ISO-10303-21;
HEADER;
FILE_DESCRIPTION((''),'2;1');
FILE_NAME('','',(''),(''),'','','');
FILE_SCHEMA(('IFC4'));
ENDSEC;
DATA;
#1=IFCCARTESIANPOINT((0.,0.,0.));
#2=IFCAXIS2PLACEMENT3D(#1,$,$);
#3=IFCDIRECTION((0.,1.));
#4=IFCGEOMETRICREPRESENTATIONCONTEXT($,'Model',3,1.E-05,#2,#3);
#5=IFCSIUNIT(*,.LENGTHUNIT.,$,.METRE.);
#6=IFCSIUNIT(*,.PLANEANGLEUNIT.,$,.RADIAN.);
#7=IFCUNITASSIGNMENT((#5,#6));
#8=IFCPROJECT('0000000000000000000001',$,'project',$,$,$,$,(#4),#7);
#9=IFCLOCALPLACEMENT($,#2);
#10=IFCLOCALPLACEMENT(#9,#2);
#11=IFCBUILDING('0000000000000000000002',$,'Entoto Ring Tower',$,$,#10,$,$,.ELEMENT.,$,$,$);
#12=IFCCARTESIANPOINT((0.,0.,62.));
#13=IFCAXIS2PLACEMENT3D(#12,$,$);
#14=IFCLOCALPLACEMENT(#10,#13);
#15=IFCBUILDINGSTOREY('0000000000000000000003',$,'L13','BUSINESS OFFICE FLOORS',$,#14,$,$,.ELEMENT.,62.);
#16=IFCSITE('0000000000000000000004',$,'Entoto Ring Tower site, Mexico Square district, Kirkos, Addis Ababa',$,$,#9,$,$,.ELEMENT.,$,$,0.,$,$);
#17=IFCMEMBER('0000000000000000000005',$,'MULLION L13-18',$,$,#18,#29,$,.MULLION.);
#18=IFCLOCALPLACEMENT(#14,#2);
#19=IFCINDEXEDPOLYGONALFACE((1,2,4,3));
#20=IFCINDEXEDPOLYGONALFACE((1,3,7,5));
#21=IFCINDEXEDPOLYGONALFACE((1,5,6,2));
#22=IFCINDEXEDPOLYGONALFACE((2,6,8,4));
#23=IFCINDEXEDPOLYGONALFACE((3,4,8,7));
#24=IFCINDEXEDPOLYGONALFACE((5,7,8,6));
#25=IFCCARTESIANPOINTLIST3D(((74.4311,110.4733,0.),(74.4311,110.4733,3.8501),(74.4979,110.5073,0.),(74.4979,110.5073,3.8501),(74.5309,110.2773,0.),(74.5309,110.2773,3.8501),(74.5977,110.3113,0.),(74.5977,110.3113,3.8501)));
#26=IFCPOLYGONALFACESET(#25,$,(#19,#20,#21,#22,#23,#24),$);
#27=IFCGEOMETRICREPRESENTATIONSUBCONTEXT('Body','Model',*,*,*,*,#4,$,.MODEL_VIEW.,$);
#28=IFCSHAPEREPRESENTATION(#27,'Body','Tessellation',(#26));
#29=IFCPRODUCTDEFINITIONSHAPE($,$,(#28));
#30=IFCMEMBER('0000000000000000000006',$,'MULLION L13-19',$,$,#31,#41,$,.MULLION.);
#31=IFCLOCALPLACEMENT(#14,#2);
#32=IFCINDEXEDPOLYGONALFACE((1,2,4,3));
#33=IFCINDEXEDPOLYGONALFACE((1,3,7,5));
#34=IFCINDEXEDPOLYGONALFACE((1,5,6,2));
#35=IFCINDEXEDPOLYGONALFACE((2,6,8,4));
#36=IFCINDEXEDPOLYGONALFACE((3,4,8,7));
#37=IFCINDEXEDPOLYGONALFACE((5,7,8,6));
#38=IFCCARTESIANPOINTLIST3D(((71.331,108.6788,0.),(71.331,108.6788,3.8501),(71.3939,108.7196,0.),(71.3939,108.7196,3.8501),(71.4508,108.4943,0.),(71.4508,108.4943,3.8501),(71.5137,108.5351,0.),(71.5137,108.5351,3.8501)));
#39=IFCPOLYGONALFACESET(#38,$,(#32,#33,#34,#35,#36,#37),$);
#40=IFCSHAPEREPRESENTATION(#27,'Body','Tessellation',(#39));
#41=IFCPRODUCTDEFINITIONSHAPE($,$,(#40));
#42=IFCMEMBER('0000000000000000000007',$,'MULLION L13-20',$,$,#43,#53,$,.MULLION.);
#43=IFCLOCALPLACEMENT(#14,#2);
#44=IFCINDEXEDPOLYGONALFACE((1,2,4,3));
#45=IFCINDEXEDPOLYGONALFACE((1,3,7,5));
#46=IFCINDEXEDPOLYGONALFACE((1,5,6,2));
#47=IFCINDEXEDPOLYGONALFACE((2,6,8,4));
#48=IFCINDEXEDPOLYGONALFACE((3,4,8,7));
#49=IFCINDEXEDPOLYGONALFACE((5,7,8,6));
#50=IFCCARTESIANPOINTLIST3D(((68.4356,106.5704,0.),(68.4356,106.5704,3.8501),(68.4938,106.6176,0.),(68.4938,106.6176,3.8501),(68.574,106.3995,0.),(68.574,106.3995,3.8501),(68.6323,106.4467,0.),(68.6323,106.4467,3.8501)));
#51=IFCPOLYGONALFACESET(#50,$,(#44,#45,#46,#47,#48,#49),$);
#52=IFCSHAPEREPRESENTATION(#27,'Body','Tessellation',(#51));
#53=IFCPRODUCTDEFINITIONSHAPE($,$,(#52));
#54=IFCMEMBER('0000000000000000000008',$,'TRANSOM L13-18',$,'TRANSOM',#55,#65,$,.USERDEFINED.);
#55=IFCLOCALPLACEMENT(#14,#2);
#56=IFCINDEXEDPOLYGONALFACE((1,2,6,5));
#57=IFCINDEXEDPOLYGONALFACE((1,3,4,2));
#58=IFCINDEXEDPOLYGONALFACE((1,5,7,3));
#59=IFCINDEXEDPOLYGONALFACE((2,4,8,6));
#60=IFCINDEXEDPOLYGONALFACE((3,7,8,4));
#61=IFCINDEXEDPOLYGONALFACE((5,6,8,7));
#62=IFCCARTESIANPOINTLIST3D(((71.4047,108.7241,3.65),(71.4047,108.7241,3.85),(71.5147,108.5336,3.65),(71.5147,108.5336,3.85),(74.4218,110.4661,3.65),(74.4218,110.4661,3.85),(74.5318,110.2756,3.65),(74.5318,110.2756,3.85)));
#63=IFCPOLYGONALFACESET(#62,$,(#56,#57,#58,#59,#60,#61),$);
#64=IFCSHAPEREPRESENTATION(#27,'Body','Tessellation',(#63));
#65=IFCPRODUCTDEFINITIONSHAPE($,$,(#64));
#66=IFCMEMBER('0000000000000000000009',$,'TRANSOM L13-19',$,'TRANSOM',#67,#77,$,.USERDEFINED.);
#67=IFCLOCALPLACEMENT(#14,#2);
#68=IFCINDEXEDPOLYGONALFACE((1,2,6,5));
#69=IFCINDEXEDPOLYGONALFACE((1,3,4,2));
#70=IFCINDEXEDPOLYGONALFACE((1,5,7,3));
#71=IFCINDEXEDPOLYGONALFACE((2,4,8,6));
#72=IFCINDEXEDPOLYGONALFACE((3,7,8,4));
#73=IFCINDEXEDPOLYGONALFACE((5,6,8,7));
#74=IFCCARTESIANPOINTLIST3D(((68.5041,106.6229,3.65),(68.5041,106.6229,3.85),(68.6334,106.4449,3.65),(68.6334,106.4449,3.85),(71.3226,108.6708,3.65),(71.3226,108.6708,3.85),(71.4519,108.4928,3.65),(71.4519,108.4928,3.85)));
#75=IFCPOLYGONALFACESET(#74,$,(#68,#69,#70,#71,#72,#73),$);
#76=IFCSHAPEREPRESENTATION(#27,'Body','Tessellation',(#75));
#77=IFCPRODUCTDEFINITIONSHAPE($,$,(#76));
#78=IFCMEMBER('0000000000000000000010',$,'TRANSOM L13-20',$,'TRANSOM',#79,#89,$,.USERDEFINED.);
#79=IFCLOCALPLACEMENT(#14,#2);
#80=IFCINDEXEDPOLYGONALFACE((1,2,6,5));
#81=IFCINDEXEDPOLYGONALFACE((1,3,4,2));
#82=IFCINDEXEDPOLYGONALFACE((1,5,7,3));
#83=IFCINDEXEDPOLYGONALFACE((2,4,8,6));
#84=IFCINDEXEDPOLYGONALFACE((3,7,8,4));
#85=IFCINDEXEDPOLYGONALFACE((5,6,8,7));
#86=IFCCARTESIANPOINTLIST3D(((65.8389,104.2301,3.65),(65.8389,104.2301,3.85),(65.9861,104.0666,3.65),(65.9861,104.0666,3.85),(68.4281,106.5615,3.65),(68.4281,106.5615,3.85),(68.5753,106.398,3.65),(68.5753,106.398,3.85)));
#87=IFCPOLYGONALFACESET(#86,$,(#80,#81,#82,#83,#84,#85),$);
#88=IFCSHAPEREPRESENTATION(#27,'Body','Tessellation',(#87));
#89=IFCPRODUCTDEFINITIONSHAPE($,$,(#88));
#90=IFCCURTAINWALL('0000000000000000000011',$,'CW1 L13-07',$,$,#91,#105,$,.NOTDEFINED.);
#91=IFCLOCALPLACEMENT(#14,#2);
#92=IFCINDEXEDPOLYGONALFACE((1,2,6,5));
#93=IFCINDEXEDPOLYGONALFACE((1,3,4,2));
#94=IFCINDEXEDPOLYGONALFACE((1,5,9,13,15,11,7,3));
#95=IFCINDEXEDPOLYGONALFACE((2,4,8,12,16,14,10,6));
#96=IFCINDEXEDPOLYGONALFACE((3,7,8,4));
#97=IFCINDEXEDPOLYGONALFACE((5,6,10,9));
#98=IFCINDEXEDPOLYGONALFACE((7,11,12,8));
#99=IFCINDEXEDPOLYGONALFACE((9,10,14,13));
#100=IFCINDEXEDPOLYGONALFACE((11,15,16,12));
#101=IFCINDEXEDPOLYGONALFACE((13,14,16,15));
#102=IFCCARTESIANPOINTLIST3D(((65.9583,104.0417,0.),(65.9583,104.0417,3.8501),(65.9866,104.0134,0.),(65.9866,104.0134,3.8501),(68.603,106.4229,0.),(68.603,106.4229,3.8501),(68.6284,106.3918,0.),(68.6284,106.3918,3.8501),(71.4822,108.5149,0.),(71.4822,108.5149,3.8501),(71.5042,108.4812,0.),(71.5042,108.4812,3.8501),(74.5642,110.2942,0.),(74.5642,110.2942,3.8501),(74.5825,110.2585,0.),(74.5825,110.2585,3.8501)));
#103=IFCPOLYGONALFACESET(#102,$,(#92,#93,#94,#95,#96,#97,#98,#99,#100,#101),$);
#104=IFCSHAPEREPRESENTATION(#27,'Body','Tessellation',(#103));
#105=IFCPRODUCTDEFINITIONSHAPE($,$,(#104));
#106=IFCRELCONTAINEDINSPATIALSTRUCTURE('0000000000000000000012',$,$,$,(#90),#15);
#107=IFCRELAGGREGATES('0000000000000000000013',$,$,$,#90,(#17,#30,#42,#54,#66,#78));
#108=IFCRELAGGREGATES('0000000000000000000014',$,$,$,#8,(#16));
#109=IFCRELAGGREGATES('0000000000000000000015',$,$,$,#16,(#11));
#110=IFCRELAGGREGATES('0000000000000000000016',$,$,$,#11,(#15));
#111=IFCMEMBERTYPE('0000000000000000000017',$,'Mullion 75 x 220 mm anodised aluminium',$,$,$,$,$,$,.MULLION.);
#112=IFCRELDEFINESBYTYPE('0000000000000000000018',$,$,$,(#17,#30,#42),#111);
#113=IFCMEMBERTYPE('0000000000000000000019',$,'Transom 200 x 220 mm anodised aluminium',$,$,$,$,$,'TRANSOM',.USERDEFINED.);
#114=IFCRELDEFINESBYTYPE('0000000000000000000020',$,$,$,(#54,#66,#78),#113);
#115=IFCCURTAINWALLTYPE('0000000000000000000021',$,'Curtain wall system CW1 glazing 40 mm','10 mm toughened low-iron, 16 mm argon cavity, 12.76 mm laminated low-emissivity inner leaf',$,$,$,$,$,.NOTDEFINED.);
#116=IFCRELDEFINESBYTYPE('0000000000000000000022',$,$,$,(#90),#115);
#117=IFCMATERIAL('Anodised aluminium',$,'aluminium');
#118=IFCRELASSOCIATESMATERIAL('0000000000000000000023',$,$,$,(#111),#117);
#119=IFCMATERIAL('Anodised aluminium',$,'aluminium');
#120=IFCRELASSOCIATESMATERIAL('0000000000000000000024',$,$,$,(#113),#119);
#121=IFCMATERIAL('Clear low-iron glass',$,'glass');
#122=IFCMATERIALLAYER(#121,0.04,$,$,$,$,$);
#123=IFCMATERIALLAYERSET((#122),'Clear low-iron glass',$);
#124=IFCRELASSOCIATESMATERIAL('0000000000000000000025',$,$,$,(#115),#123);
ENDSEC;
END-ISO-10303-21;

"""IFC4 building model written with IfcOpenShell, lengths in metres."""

from ifc_helpers import new_model, si_unit, direction, frame, origin, origin_2d, place, context, subcontext, project, spatial, polyline, rectangle, outline, extrude, material, layer, layer_set, material_profile, profile_set, type_object, element, aggregate, save


model = new_model("IFC4")

# Units and contexts
model_context = context("Model", 3, precision=1e-05, world=origin(), true_north=direction((0.0, 1.0)))
body_context = subcontext(model_context, "Body", "Model", "MODEL_VIEW")
ifc_project = project(units=[si_unit("LENGTHUNIT", "METRE"), si_unit("PLANEANGLEUNIT", "RADIAN")], contexts=[model_context])

# Members
ifc_material_1 = material(Name="Anodised aluminium", Category="aluminium")
ifc_material_profile_1 = material_profile(ifc_material_1, rectangle(XDim=0.075, YDim=0.22, at=origin_2d()), Name="Mullion 75 x 220 mm anodised aluminium")
ifc_profile_set_1 = profile_set([ifc_material_profile_1], Name="Anodised aluminium")
member_type_1 = type_object("IfcMemberType", Name="Mullion 75 x 220 mm anodised aluminium", PredefinedType="MULLION", material=ifc_profile_set_1)
site_placement = place(None, origin())
building_placement = place(site_placement, origin())
storey_placement = place(building_placement, frame((0.0, 0.0, 62.0)))
member_1_placement = place(storey_placement, frame((74.5144, 110.3923, 0.0), z_axis=(0.0, 0.0, 1.0), x_axis=(-0.891007, -0.45399, 0.0)))
member_1 = element("IfcMember", 1, at=member_1_placement, type_object=member_type_1, Name="MULLION L13-18", PredefinedType="MULLION", context=body_context, shape_type="SweptSolid", body=[
    extrude(rectangle(XDim=0.075, YDim=0.22, at=origin_2d()), origin(), (0.0, 0.0, 1.0), 3.8501),
])
member_2_placement = place(storey_placement, frame((71.4224, 108.6069, 0.0), z_axis=(0.0, 0.0, 1.0), x_axis=(-0.838671, -0.544639, 0.0)))
member_2 = element("IfcMember", 2, at=member_2_placement, type_object=member_type_1, Name="MULLION L13-19", PredefinedType="MULLION", context=body_context, shape_type="SweptSolid", body=[
    extrude(rectangle(XDim=0.075, YDim=0.22, at=origin_2d()), origin(), (0.0, 0.0, 1.0), 3.8501),
])
member_3_placement = place(storey_placement, frame((68.5339, 106.5085, 0.0), z_axis=(0.0, 0.0, 1.0), x_axis=(-0.777146, -0.62932, 0.0)))
member_3 = element("IfcMember", 3, at=member_3_placement, type_object=member_type_1, Name="MULLION L13-20", PredefinedType="MULLION", context=body_context, shape_type="SweptSolid", body=[
    extrude(rectangle(XDim=0.075, YDim=0.22, at=origin_2d()), origin(), (0.0, 0.0, 1.0), 3.8501),
])
ifc_material_2 = material(Name="Anodised aluminium", Category="aluminium")
ifc_material_profile_2 = material_profile(ifc_material_2, rectangle(XDim=0.22, YDim=0.2, at=origin_2d()), Name="Transom 200 x 220 mm anodised aluminium")
ifc_profile_set_2 = profile_set([ifc_material_profile_2], Name="Anodised aluminium")
member_type_2 = type_object("IfcMemberType", Name="Transom 200 x 220 mm anodised aluminium", ElementType="TRANSOM", PredefinedType="USERDEFINED", material=ifc_profile_set_2)
member_4_placement = place(storey_placement, frame((74.4768, 110.3708, 3.75), z_axis=(-0.866022, -0.500006, 0.0), x_axis=(0.500006, -0.866022, 0.0)))
member_4 = element("IfcMember", 4, at=member_4_placement, type_object=member_type_2, Name="TRANSOM L13-18", ObjectType="TRANSOM", PredefinedType="USERDEFINED", context=body_context, shape_type="SweptSolid", body=[
    extrude(rectangle(XDim=0.22, YDim=0.2, at=origin_2d()), origin(), (0.0, 0.0, 1.0), 3.4839),
])
member_5_placement = place(storey_placement, frame((71.3872, 108.5818, 3.75), z_axis=(-0.808991, -0.587822, 0.0), x_axis=(0.587822, -0.808991, 0.0)))
member_5 = element("IfcMember", 5, at=member_5_placement, type_object=member_type_2, Name="TRANSOM L13-19", ObjectType="TRANSOM", PredefinedType="USERDEFINED", context=body_context, shape_type="SweptSolid", body=[
    extrude(rectangle(XDim=0.22, YDim=0.2, at=origin_2d()), origin(), (0.0, 0.0, 1.0), 3.4839),
])
member_6_placement = place(storey_placement, frame((68.5017, 106.4797, 3.75), z_axis=(-0.743137, -0.669139, 0.0), x_axis=(0.669139, -0.743137, 0.0)))
member_6 = element("IfcMember", 6, at=member_6_placement, type_object=member_type_2, Name="TRANSOM L13-20", ObjectType="TRANSOM", PredefinedType="USERDEFINED", context=body_context, shape_type="SweptSolid", body=[
    extrude(rectangle(XDim=0.22, YDim=0.2, at=origin_2d()), origin(), (0.0, 0.0, 1.0), 3.4841),
])

# Site, building, storey
site = spatial("IfcSite", under=ifc_project, at=site_placement, Name="Entoto Ring Tower site, Mexico Square district, Kirkos, Addis Ababa", CompositionType="ELEMENT", RefElevation=0.0)
building = spatial("IfcBuilding", under=site, at=building_placement, Name="Entoto Ring Tower", CompositionType="ELEMENT")
storey = spatial("IfcBuildingStorey", under=building, at=storey_placement, Name="L13", Description="BUSINESS OFFICE FLOORS", CompositionType="ELEMENT", Elevation=62.0)

# Curtain wall
ifc_material_3 = material(Name="Clear low-iron glass", Category="glass")
ifc_layer = layer(ifc_material_3, 0.04)
ifc_layer_set = layer_set([ifc_layer], Name="Clear low-iron glass")
curtain_wall_type = type_object("IfcCurtainWallType", Name="Curtain wall system CW1 glazing 40 mm", Description="10 mm toughened low-iron, 16 mm argon cavity, 12.76 mm laminated low-emissivity inner leaf", PredefinedType="NOTDEFINED", material=ifc_layer_set)
curtain_wall_1_placement = place(storey_placement, origin())
curtain_wall_1 = element("IfcCurtainWall", 7, at=curtain_wall_1_placement, inside=storey, type_object=curtain_wall_type, Name="CW1 L13-07", PredefinedType="NOTDEFINED", context=body_context, shape_type="SweptSolid", body=[
    extrude(outline(polyline([(74.5642, 110.2942), (71.4822, 108.5149), (68.603, 106.4229), (65.9583, 104.0417), (65.9866, 104.0134), (68.6284, 106.3918), (71.5042, 108.4812), (74.5825, 110.2585), (74.5642, 110.2942)])), origin(), (0.0, 0.0, 1.0), 3.8501),
])
aggregate(curtain_wall_1, [member_1, member_2, member_3, member_4, member_5, member_6])

save(model, "model.ifc")
